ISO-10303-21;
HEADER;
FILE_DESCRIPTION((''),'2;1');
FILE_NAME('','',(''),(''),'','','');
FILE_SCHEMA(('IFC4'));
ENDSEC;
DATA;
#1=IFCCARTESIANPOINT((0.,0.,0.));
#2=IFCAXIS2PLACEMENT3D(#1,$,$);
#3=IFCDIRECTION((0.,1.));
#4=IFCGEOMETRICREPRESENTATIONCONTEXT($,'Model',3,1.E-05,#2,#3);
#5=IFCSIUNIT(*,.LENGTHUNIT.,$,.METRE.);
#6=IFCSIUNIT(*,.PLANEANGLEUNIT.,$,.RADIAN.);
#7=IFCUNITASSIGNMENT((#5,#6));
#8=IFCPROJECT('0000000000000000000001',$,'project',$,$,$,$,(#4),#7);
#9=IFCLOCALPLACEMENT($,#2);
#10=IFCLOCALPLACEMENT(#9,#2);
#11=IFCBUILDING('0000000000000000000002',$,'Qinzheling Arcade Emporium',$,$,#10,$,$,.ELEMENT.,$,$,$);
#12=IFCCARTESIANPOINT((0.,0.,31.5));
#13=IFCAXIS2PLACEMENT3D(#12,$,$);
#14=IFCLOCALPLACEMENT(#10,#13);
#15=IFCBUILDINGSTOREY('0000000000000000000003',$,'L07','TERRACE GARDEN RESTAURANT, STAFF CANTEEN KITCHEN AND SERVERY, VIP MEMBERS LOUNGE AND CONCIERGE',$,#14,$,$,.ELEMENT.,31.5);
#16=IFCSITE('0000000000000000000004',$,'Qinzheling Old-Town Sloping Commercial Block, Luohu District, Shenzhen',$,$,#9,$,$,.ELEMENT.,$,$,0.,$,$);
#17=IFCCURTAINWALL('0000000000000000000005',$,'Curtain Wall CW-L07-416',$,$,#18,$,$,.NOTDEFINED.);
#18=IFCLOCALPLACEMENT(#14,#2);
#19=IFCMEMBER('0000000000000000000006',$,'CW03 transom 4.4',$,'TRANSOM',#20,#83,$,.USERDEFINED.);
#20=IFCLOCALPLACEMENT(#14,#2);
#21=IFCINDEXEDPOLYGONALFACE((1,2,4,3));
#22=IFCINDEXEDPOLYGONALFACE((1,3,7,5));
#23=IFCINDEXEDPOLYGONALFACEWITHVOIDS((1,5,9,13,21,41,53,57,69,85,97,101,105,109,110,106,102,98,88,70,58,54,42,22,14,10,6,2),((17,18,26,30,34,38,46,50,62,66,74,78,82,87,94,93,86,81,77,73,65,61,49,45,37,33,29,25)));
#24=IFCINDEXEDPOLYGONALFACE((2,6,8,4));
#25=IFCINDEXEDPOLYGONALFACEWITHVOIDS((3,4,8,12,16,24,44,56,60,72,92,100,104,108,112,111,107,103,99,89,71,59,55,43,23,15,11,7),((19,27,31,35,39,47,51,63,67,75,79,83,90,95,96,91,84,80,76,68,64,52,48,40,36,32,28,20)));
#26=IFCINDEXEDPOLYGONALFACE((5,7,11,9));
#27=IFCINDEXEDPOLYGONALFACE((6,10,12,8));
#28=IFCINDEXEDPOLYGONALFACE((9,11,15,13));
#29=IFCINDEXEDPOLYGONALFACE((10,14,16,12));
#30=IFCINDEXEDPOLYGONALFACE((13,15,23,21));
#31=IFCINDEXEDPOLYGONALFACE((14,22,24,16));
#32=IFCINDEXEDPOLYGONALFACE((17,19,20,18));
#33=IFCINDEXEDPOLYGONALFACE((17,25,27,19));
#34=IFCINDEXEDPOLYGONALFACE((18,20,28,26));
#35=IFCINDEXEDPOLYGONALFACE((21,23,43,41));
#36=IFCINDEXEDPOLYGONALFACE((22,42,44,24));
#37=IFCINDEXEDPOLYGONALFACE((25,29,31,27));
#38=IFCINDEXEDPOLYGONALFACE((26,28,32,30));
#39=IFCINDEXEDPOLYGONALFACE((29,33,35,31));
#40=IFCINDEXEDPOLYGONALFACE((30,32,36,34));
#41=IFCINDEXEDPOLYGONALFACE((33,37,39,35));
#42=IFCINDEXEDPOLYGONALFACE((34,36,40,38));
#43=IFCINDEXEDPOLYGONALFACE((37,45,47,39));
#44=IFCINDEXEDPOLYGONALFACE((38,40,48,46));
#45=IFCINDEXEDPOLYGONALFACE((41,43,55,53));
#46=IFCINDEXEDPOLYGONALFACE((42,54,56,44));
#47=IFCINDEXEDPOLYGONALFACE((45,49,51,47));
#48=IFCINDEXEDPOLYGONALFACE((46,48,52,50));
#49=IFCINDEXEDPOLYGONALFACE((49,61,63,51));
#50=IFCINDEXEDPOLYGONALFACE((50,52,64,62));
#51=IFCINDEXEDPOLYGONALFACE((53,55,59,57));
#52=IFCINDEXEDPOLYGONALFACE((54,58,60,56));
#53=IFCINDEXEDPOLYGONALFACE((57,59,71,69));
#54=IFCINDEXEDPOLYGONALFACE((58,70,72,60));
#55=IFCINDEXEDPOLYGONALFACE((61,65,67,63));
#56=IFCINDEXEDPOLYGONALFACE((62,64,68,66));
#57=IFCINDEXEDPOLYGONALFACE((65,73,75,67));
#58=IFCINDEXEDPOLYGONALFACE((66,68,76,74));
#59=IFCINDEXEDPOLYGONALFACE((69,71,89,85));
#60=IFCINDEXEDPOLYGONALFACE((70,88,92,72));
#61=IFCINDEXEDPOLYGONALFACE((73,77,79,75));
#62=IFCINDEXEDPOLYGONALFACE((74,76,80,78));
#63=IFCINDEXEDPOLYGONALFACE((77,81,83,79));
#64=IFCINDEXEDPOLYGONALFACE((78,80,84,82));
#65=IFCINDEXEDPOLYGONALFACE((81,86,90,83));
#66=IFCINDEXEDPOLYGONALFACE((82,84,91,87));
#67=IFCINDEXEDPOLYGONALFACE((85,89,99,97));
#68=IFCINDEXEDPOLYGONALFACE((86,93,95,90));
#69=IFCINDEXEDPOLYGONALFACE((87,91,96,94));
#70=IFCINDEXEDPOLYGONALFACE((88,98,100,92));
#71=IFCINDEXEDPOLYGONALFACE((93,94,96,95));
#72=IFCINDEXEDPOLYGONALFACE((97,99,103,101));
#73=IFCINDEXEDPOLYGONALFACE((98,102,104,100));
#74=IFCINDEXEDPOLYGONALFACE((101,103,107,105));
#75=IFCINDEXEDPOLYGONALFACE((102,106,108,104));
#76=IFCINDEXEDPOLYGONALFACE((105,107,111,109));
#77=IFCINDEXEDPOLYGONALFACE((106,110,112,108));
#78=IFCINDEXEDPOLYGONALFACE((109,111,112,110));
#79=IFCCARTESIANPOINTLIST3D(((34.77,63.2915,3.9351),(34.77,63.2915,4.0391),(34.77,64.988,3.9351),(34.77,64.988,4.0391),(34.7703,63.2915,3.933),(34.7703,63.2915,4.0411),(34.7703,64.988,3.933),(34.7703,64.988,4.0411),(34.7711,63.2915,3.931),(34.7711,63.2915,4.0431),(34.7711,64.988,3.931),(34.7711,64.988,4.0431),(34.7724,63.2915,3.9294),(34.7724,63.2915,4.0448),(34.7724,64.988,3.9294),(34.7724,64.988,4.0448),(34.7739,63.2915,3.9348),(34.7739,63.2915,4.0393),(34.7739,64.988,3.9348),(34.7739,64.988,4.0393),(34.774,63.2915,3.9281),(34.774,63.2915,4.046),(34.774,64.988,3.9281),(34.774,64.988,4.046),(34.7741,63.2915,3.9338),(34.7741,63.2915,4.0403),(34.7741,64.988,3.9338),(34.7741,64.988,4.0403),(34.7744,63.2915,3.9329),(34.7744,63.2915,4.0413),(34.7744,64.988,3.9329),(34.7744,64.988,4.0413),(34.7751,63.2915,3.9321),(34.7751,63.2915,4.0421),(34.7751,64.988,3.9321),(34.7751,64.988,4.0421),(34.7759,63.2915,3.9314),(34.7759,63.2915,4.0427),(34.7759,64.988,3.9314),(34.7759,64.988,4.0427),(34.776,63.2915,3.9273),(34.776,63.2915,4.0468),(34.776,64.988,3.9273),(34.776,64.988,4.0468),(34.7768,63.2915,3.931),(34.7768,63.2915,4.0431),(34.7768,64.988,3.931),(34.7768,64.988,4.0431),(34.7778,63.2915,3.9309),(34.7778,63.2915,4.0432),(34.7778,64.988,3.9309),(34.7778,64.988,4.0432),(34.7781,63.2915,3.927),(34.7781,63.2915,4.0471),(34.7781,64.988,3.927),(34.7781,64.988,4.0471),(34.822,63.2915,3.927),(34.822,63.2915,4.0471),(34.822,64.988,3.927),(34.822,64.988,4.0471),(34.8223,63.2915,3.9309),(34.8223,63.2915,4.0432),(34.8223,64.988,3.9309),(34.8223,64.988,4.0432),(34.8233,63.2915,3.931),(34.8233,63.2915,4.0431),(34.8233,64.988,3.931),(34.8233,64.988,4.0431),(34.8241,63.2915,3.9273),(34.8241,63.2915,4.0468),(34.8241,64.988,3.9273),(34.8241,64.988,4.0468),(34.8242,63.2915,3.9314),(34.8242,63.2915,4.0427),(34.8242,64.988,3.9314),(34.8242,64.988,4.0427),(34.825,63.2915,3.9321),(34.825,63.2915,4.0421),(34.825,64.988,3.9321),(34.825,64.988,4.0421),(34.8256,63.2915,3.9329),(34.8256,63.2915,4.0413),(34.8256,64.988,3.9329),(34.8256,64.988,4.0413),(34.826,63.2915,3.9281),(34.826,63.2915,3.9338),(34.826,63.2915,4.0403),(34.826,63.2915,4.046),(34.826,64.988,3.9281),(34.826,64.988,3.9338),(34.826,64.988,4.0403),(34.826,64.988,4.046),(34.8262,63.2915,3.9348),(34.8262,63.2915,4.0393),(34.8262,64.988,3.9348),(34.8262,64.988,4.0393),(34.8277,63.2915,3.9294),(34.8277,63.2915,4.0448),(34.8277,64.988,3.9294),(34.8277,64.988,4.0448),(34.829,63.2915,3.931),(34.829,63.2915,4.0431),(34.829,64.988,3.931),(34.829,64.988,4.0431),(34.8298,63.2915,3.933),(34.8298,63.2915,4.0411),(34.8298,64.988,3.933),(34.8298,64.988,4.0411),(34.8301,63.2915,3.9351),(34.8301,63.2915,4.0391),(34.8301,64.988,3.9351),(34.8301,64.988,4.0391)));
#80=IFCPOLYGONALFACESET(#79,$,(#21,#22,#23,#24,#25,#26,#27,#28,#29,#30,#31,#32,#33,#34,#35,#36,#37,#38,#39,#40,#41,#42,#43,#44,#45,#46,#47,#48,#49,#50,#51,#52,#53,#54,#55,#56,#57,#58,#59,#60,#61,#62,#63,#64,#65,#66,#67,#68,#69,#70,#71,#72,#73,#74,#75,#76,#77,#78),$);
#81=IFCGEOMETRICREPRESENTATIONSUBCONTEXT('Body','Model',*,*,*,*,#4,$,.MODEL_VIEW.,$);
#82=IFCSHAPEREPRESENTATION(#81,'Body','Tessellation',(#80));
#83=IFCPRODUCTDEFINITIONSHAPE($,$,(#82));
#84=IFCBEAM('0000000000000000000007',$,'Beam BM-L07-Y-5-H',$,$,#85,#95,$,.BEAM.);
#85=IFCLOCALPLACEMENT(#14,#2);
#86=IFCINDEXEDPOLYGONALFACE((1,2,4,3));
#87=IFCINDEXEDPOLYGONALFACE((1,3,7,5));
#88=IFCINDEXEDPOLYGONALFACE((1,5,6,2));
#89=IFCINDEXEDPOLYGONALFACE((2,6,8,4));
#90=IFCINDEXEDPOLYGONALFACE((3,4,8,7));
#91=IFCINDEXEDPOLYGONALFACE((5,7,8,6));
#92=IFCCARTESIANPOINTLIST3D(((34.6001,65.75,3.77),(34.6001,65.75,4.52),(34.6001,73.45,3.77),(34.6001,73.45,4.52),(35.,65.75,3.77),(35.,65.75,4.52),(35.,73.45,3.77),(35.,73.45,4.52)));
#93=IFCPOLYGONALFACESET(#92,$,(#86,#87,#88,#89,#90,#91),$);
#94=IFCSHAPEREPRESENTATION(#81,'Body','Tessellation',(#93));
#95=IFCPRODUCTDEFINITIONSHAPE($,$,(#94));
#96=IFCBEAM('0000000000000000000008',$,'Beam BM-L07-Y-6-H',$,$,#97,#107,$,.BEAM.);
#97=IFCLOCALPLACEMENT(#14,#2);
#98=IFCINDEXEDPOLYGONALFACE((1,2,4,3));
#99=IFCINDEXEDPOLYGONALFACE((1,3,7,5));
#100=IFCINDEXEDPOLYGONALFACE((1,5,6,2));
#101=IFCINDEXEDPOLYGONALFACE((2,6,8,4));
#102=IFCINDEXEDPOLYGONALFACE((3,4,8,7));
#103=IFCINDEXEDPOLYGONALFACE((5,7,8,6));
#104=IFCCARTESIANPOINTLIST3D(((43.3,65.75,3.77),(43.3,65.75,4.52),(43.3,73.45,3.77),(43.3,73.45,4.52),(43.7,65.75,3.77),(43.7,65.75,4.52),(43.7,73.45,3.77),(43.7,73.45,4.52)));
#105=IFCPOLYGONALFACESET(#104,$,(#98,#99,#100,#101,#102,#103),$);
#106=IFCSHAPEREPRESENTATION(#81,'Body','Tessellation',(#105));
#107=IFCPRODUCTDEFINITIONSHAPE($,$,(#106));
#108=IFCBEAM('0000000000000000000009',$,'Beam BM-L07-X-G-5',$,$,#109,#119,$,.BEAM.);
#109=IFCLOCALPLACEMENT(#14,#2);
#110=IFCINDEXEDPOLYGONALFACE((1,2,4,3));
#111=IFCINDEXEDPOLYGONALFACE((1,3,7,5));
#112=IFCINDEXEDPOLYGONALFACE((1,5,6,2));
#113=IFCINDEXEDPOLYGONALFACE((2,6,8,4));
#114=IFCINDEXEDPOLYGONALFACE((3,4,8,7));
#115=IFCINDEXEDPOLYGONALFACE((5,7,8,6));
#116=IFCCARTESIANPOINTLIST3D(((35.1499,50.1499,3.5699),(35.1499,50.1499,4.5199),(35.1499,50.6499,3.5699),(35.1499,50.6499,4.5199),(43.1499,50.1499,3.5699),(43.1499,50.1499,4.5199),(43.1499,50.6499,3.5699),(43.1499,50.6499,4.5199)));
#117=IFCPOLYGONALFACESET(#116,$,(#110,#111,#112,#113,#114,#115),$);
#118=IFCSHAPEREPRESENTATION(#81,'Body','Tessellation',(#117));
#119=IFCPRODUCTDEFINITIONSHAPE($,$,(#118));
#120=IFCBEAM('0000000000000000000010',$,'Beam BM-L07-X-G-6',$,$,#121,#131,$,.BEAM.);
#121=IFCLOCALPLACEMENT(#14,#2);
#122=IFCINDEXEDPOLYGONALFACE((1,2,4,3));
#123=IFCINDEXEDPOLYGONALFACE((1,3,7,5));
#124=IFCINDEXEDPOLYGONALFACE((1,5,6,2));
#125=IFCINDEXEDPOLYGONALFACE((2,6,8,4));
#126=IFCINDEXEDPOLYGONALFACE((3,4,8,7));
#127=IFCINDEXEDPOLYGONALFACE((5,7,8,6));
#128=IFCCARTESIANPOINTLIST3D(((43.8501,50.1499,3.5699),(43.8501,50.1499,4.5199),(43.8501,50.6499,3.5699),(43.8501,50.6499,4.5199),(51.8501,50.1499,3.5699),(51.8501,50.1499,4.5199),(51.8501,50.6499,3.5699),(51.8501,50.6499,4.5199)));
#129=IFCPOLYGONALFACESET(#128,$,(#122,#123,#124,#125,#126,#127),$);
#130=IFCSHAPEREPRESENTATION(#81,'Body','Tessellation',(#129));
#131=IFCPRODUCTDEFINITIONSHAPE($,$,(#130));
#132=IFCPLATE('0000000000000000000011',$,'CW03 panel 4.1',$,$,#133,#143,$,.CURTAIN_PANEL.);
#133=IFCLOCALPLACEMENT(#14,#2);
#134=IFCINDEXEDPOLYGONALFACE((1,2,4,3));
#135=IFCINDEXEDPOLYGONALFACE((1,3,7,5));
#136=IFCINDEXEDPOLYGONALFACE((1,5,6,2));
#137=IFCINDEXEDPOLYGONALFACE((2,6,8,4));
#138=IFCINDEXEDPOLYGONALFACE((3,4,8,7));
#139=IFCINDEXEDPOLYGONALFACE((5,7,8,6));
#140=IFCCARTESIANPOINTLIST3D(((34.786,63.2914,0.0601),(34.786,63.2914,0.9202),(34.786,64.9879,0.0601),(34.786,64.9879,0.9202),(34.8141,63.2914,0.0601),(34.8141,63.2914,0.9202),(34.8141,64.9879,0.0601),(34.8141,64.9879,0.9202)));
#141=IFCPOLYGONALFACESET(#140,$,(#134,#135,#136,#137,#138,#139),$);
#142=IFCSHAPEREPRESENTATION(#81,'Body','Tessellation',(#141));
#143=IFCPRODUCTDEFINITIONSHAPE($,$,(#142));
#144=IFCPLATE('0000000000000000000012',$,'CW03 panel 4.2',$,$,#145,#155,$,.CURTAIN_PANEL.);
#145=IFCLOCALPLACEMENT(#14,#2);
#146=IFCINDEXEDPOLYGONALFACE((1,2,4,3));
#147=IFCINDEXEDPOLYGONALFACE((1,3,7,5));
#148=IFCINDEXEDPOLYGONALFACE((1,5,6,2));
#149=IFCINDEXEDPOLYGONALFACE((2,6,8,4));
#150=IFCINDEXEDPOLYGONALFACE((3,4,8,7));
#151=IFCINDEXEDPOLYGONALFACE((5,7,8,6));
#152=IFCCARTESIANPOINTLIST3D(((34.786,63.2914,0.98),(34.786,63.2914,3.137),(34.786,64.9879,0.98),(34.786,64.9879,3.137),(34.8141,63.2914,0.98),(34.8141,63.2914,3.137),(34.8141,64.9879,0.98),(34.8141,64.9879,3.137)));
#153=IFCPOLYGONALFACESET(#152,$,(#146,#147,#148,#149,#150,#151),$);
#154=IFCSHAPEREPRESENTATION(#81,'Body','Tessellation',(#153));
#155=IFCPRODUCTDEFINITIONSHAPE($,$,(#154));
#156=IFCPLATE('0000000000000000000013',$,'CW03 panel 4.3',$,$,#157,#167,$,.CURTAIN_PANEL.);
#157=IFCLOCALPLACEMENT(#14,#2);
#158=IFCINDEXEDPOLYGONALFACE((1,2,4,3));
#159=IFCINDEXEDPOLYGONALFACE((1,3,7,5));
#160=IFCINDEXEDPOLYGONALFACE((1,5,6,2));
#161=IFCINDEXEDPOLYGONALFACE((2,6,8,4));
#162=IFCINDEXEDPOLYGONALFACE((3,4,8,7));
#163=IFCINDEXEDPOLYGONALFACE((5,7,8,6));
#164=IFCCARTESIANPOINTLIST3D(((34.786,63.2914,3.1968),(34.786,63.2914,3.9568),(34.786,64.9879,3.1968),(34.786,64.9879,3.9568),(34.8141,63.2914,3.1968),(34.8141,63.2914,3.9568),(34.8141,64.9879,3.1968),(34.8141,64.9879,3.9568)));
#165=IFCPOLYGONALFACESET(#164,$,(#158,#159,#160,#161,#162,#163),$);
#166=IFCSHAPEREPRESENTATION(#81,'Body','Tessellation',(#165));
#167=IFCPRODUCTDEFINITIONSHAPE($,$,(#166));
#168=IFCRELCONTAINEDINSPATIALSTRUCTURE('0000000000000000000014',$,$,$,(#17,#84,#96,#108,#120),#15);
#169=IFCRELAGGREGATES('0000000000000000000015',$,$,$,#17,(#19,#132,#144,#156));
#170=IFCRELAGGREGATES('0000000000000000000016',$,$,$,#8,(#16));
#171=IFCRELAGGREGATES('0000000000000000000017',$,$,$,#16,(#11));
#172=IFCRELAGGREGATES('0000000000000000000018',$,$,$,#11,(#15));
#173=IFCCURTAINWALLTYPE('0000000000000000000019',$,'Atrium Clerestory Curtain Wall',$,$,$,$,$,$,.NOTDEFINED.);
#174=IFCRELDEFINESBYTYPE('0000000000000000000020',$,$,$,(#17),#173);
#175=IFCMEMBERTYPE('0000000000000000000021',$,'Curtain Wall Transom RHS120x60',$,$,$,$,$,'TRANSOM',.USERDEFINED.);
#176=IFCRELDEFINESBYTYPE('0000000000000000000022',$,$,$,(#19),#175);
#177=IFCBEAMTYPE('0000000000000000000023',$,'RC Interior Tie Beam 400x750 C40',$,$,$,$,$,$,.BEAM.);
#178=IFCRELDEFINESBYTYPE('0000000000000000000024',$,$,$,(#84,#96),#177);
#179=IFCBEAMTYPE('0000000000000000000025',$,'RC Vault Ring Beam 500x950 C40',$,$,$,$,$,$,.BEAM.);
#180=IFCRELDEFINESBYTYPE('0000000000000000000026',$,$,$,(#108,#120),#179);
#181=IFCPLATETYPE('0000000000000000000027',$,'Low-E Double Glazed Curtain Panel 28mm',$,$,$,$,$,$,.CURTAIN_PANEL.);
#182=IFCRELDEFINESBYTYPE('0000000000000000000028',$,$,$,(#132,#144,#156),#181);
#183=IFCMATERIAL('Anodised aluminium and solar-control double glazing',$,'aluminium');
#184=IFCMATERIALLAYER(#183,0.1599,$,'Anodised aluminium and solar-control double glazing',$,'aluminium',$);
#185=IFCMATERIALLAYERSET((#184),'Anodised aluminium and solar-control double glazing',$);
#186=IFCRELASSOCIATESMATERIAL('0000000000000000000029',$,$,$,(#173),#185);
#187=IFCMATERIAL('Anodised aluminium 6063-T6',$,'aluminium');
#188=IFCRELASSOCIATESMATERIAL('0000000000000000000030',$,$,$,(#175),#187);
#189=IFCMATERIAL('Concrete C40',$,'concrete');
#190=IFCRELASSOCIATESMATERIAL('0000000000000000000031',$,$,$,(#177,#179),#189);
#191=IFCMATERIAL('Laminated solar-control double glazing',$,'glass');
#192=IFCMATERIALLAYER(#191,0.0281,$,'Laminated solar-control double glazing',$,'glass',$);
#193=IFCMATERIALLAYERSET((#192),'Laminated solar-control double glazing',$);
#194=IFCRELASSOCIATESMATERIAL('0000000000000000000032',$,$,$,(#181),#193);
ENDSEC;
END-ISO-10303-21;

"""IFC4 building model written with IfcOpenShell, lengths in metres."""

from ifc_helpers import new_model, si_unit, direction, frame, origin, origin_2d, place, context, subcontext, project, spatial, rectangle, hollow_rectangle, extrude, material, layer, layer_set, material_profile, profile_set, type_object, element, aggregate, save


model = new_model("IFC4")

# Units and contexts
model_context = context("Model", 3, precision=1e-05, world=origin(), true_north=direction((0.0, 1.0)))
body_context = subcontext(model_context, "Body", "Model", "MODEL_VIEW")
ifc_project = project(units=[si_unit("LENGTHUNIT", "METRE"), si_unit("PLANEANGLEUNIT", "RADIAN")], contexts=[model_context])

# Site, building, storey
site_placement = place(None, origin())
site = spatial("IfcSite", under=ifc_project, at=site_placement, Name="Qinzheling Old-Town Sloping Commercial Block, Luohu District, Shenzhen", CompositionType="ELEMENT", RefElevation=0.0)
building_placement = place(site_placement, origin())
building = spatial("IfcBuilding", under=site, at=building_placement, Name="Qinzheling Arcade Emporium", CompositionType="ELEMENT")
storey_placement = place(building_placement, frame((0.0, 0.0, 31.5)))
storey = spatial("IfcBuildingStorey", under=building, at=storey_placement, Name="L07", Description="TERRACE GARDEN RESTAURANT, STAFF CANTEEN KITCHEN AND SERVERY, VIP MEMBERS LOUNGE AND CONCIERGE", CompositionType="ELEMENT", Elevation=31.5)

# Shared definitions
ifc_material_1 = material(Name="Concrete C40", Category="concrete")

# Curtain wall, member
ifc_material_2 = material(Name="Anodised aluminium and solar-control double glazing", Category="aluminium")
ifc_layer_1 = layer(ifc_material_2, 0.1599, Name="Anodised aluminium and solar-control double glazing", Category="aluminium")
ifc_layer_set_1 = layer_set([ifc_layer_1], Name="Anodised aluminium and solar-control double glazing")
curtain_wall_type = type_object("IfcCurtainWallType", Name="Atrium Clerestory Curtain Wall", PredefinedType="NOTDEFINED", material=ifc_layer_set_1)
curtain_wall_placement = place(storey_placement, origin())
curtain_wall = element("IfcCurtainWall", 1, at=curtain_wall_placement, inside=storey, type_object=curtain_wall_type, Name="Curtain Wall CW-L07-416", PredefinedType="NOTDEFINED")
ifc_material_3 = material(Name="Anodised aluminium 6063-T6", Category="aluminium")
ifc_material_profile_1 = material_profile(ifc_material_3, hollow_rectangle(XDim=0.0601, YDim=0.1201, WallThickness=0.0039, InnerFilletRadius=0.0039, OuterFilletRadius=0.0081, at=origin_2d()), Name="RHS 120x60x4", Category="aluminium")
ifc_profile_set_1 = profile_set([ifc_material_profile_1], Name="Anodised aluminium 6063-T6")
member_type_1 = type_object("IfcMemberType", Name="Curtain Wall Transom RHS120x60", ElementType="TRANSOM", PredefinedType="USERDEFINED", material=ifc_profile_set_1)
member_1_placement = place(storey_placement, frame((34.8, 63.2915, 3.9871), z_axis=(0.0, 1.0, 0.0), x_axis=(-1.0, 0.0, 0.0)))
member_1 = element("IfcMember", 2, at=member_1_placement, type_object=member_type_1, Name="CW03 transom 4.4", ObjectType="TRANSOM", PredefinedType="USERDEFINED", context=body_context, shape_type="SweptSolid", body=[
    extrude(hollow_rectangle(XDim=0.0601, YDim=0.1201, WallThickness=0.0039, InnerFilletRadius=0.0039, OuterFilletRadius=0.0081, at=origin_2d()), origin(), (0.0, 0.0, 1.0), 1.6965),
])

# Beams
ifc_material_profile_2 = material_profile(ifc_material_1, rectangle(XDim=0.3999, YDim=0.75, at=origin_2d()), Name="RC 400x750", Category="concrete")
ifc_profile_set_2 = profile_set([ifc_material_profile_2], Name="Concrete C40")
beam_type_1 = type_object("IfcBeamType", Name="RC Interior Tie Beam 400x750 C40", PredefinedType="BEAM", material=ifc_profile_set_2)
for number, where, z_axis, x_axis, name in (
    (3, (34.8, 65.75, 4.145), (0.0, 1.0, 0.0), (-1.0, 0.0, 0.0), "Beam BM-L07-Y-5-H"),
    (4, (43.5, 65.75, 4.145), (0.0, 1.0, 0.0), (-1.0, 0.0, 0.0), "Beam BM-L07-Y-6-H"),
):
    element("IfcBeam", number, at=place(storey_placement, frame(where, z_axis=z_axis, x_axis=x_axis)), inside=storey, type_object=beam_type_1, Name=name, PredefinedType="BEAM", context=body_context, shape_type="SweptSolid", body=[
        extrude(rectangle(XDim=0.3999, YDim=0.75, at=origin_2d()), origin(), (0.0, 0.0, 1.0), 7.7),
    ])
ifc_material_profile_3 = material_profile(ifc_material_1, rectangle(XDim=0.5, YDim=0.95, at=origin_2d()), Name="RC 500x950", Category="concrete")
ifc_profile_set_3 = profile_set([ifc_material_profile_3], Name="Concrete C40")
beam_type_2 = type_object("IfcBeamType", Name="RC Vault Ring Beam 500x950 C40", PredefinedType="BEAM", material=ifc_profile_set_3)
for number, where, z_axis, x_axis, name in (
    (5, (35.1499, 50.3999, 4.0449), (1.0, 0.0, 0.0), (0.0, 1.0, 0.0), "Beam BM-L07-X-G-5"),
    (6, (43.8501, 50.3999, 4.0449), (1.0, 0.0, 0.0), (0.0, 1.0, 0.0), "Beam BM-L07-X-G-6"),
):
    element("IfcBeam", number, at=place(storey_placement, frame(where, z_axis=z_axis, x_axis=x_axis)), inside=storey, type_object=beam_type_2, Name=name, PredefinedType="BEAM", context=body_context, shape_type="SweptSolid", body=[
        extrude(rectangle(XDim=0.5, YDim=0.95, at=origin_2d()), origin(), (0.0, 0.0, 1.0), 8.0),
    ])

# Plates
ifc_material_4 = material(Name="Laminated solar-control double glazing", Category="glass")
ifc_layer_2 = layer(ifc_material_4, 0.0281, Name="Laminated solar-control double glazing", Category="glass")
ifc_layer_set_2 = layer_set([ifc_layer_2], Name="Laminated solar-control double glazing")
plate_type = type_object("IfcPlateType", Name="Low-E Double Glazed Curtain Panel 28mm", PredefinedType="CURTAIN_PANEL", material=ifc_layer_set_2)
plate_1_placement = place(storey_placement, frame((34.8, 64.1396, 0.0601), z_axis=(0.0, 0.0, 1.0), x_axis=(0.0, 1.0, 0.0)))
plate_1 = element("IfcPlate", 7, at=plate_1_placement, type_object=plate_type, Name="CW03 panel 4.1", PredefinedType="CURTAIN_PANEL", context=body_context, shape_type="SweptSolid", body=[
    extrude(rectangle(XDim=1.6965, YDim=0.0281, at=origin_2d()), origin(), (0.0, 0.0, 1.0), 0.8601),
])
plate_2_placement = place(storey_placement, frame((34.8, 64.1396, 0.98), z_axis=(0.0, 0.0, 1.0), x_axis=(0.0, 1.0, 0.0)))
plate_2 = element("IfcPlate", 8, at=plate_2_placement, type_object=plate_type, Name="CW03 panel 4.2", PredefinedType="CURTAIN_PANEL", context=body_context, shape_type="SweptSolid", body=[
    extrude(rectangle(XDim=1.6965, YDim=0.0281, at=origin_2d()), origin(), (0.0, 0.0, 1.0), 2.157),
])
plate_3_placement = place(storey_placement, frame((34.8, 64.1396, 3.1968), z_axis=(0.0, 0.0, 1.0), x_axis=(0.0, 1.0, 0.0)))
plate_3 = element("IfcPlate", 9, at=plate_3_placement, type_object=plate_type, Name="CW03 panel 4.3", PredefinedType="CURTAIN_PANEL", context=body_context, shape_type="SweptSolid", body=[
    extrude(rectangle(XDim=1.6965, YDim=0.0281, at=origin_2d()), origin(), (0.0, 0.0, 1.0), 0.76),
])
aggregate(curtain_wall, [member_1, plate_1, plate_2, plate_3])

save(model, "model.ifc")
